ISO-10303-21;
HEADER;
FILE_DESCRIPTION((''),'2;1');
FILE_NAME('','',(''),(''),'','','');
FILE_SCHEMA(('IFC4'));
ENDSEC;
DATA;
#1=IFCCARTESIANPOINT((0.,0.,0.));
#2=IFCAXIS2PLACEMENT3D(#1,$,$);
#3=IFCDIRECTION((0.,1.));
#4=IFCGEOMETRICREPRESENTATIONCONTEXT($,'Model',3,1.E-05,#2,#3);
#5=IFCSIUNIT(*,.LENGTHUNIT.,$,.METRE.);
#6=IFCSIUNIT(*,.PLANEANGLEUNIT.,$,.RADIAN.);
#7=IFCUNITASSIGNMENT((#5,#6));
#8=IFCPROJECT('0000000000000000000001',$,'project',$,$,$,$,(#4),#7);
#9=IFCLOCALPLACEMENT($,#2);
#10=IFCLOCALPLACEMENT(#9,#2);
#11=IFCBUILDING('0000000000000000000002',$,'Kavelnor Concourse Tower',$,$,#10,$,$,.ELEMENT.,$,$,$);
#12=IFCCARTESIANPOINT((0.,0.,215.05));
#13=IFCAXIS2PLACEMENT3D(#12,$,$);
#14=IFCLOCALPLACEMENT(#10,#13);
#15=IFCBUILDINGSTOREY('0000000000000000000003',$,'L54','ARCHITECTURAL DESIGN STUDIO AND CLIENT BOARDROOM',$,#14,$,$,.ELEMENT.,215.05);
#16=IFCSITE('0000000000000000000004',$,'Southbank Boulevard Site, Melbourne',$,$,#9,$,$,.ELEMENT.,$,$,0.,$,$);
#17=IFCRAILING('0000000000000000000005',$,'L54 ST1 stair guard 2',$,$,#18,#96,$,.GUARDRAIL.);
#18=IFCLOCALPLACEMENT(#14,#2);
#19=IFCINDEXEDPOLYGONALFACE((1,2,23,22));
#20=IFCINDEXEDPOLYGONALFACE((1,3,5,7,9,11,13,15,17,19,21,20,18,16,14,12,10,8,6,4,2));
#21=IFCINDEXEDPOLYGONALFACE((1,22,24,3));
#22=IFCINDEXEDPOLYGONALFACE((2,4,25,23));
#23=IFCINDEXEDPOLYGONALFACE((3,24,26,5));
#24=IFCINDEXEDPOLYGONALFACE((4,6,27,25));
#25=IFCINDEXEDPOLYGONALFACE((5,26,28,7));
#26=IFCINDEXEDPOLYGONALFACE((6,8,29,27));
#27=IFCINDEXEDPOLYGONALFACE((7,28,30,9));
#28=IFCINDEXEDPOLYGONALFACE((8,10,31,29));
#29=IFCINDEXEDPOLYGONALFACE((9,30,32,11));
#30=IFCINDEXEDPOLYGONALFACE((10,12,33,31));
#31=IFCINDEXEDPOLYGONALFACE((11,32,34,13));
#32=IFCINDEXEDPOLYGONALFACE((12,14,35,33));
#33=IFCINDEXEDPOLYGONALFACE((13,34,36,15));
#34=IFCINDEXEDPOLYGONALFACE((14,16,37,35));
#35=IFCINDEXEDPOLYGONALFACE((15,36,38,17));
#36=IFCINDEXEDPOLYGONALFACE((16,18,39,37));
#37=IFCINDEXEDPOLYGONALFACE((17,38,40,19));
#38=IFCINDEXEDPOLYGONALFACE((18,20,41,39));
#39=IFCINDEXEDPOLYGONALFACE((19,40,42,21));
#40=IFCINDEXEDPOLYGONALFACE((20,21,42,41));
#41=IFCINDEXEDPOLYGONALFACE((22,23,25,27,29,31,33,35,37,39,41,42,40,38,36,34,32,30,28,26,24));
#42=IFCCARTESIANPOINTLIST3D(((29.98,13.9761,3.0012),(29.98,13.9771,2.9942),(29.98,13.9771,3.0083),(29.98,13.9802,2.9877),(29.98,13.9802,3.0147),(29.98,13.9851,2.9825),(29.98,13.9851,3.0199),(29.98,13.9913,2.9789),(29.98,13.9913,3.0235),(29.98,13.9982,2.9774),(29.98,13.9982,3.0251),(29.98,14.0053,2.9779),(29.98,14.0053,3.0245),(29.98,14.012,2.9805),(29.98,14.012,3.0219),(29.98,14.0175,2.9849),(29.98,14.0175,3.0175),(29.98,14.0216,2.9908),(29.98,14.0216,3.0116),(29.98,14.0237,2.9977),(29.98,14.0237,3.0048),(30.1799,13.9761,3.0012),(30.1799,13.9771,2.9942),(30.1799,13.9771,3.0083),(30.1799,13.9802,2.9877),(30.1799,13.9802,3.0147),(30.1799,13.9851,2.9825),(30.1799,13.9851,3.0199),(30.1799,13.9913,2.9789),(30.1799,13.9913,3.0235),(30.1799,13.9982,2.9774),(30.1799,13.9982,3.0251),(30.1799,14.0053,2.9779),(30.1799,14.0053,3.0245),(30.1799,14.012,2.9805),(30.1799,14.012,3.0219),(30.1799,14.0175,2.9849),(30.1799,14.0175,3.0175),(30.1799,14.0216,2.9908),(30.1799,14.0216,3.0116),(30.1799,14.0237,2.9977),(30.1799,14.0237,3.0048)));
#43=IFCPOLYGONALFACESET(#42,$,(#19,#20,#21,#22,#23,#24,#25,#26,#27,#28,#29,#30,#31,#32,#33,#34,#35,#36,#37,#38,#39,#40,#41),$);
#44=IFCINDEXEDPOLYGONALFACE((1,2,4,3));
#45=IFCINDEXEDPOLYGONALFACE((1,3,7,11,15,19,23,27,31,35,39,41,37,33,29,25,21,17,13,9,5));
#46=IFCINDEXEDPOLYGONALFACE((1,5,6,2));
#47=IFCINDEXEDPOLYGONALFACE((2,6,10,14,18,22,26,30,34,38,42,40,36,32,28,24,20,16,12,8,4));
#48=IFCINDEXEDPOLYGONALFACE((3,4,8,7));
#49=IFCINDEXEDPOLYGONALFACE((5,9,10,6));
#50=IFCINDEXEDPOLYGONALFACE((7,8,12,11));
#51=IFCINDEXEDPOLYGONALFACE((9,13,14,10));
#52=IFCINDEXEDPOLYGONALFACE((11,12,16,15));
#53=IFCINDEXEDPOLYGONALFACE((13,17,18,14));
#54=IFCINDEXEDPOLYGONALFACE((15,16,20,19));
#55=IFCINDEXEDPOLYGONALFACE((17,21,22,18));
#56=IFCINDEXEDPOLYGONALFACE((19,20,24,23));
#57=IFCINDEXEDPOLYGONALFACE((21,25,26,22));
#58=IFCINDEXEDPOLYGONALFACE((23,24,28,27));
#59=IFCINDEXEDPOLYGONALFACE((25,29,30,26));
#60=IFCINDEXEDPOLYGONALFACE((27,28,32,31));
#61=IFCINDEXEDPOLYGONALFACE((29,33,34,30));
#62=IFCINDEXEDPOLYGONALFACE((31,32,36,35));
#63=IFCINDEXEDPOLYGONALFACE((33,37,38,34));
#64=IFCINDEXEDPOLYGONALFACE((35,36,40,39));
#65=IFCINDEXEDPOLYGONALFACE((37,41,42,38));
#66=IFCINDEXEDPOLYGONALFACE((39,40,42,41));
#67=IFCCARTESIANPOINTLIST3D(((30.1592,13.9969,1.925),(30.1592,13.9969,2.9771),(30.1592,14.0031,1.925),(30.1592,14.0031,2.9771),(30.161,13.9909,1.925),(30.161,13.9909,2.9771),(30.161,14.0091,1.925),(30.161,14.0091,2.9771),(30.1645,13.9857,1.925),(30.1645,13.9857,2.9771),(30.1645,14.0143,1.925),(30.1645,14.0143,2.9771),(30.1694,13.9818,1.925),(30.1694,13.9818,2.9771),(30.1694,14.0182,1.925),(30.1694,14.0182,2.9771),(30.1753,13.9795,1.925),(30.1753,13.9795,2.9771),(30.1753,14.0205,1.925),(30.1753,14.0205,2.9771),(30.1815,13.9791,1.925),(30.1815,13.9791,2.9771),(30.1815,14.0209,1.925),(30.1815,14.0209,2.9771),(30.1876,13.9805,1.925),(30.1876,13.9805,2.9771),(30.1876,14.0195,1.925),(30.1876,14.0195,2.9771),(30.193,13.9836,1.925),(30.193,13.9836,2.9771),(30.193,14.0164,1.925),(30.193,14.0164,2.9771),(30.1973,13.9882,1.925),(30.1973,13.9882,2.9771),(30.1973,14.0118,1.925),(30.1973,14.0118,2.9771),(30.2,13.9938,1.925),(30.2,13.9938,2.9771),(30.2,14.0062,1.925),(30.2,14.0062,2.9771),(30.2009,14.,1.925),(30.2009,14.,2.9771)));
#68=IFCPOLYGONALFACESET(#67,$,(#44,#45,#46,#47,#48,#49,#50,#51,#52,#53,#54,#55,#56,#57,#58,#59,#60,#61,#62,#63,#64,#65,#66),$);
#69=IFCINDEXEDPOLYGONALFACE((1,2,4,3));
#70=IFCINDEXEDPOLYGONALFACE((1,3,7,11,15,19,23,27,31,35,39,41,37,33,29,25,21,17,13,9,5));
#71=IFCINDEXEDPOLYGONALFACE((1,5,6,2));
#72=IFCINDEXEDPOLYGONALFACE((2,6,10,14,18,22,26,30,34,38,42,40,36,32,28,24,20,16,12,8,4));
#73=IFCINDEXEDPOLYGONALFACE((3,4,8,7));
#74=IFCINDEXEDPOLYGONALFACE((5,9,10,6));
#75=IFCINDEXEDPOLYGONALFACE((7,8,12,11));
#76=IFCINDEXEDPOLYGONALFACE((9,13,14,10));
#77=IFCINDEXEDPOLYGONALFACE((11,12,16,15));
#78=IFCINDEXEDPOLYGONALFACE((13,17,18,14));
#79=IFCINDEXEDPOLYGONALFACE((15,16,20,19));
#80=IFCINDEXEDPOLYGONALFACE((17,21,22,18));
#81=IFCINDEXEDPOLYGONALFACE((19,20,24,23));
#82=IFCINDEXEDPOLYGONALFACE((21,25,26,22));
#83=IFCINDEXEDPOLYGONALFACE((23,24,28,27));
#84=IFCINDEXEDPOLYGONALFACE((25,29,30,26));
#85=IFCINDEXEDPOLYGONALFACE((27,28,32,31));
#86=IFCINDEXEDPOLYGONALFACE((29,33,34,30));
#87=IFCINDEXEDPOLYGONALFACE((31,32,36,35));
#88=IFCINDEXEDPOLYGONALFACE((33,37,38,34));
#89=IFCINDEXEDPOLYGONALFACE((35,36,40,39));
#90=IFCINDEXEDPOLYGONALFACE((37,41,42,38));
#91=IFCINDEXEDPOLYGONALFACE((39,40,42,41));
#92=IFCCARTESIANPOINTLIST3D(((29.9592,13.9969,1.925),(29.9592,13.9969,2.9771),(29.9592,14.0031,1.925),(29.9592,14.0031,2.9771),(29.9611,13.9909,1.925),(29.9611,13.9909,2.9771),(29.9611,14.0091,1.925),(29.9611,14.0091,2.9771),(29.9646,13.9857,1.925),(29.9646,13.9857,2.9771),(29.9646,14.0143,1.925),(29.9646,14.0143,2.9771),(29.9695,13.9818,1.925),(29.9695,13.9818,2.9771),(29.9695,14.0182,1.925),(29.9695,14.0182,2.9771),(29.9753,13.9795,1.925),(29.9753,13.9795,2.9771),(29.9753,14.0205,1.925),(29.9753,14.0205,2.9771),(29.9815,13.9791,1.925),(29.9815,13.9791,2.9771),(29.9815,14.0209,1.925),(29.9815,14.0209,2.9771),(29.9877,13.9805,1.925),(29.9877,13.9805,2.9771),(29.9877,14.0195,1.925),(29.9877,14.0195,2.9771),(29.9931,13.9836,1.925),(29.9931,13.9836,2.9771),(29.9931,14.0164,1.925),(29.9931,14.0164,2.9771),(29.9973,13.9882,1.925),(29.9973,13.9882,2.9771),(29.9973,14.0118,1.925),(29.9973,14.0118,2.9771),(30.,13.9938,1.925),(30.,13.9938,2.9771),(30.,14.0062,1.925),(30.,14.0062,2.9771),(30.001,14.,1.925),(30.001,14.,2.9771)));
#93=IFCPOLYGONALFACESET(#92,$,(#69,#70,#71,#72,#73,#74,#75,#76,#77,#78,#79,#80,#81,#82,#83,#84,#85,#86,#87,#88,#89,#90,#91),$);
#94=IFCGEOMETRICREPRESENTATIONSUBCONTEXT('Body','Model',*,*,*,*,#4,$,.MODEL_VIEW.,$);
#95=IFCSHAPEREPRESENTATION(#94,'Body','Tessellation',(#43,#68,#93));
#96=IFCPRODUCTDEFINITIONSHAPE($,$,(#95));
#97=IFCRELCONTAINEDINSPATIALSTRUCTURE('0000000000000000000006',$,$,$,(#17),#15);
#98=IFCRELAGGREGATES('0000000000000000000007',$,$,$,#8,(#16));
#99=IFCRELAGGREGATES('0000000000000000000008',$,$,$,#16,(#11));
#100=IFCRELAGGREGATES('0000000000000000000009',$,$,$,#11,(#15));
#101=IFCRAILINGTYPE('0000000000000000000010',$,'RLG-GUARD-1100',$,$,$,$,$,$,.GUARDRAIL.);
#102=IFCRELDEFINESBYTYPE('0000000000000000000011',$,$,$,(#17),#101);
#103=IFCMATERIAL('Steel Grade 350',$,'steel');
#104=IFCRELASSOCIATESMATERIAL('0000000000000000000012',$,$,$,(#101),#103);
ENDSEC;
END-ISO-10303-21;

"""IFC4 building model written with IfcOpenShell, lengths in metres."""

from ifc_helpers import new_model, si_unit, direction, frame, origin, origin_2d, place, context, subcontext, project, spatial, circle, extrude, material, type_object, element, save


model = new_model("IFC4")

# Units and contexts
model_context = context("Model", 3, precision=1e-05, world=origin(), true_north=direction((0.0, 1.0)))
body_context = subcontext(model_context, "Body", "Model", "MODEL_VIEW")
ifc_project = project(units=[si_unit("LENGTHUNIT", "METRE"), si_unit("PLANEANGLEUNIT", "RADIAN")], contexts=[model_context])

# Site, building, storey
site_placement = place(None, origin())
site = spatial("IfcSite", under=ifc_project, at=site_placement, Name="Southbank Boulevard Site, Melbourne", CompositionType="ELEMENT", RefElevation=0.0)
building_placement = place(site_placement, origin())
building = spatial("IfcBuilding", under=site, at=building_placement, Name="Kavelnor Concourse Tower", CompositionType="ELEMENT")
storey_placement = place(building_placement, frame((0.0, 0.0, 215.05)))
storey = spatial("IfcBuildingStorey", under=building, at=storey_placement, Name="L54", Description="ARCHITECTURAL DESIGN STUDIO AND CLIENT BOARDROOM", CompositionType="ELEMENT", Elevation=215.05)

# Shared definitions
ifc_material_1 = material(Name="Steel Grade 350", Category="steel")

# Railing
railing_type_1 = type_object("IfcRailingType", Name="RLG-GUARD-1100", PredefinedType="GUARDRAIL", material=ifc_material_1)
railing_1_placement = place(storey_placement, frame((30.1799, 14.0, 1.925)))
element("IfcRailing", 1, at=railing_1_placement, inside=storey, type_object=railing_type_1, Name="L54 ST1 stair guard 2", PredefinedType="GUARDRAIL", context=body_context, shape_type="SweptSolid", body=[
    extrude(circle(Radius=0.0239, at=origin_2d()), frame((0.0, 0.0, 1.0762), z_axis=(-1.0, 0.0, 0.0), x_axis=(0.0, -1.0, 0.0)), (0.0, 0.0, 1.0), 0.2),
    extrude(circle(Radius=0.021, at=origin_2d()), origin(), (0.0, 0.0, 1.0), 1.052),
    extrude(circle(Radius=0.021, at=origin_2d()), frame((-0.2, 0.0, 0.0)), (0.0, 0.0, 1.0), 1.052),
])

save(model, "model.ifc")
